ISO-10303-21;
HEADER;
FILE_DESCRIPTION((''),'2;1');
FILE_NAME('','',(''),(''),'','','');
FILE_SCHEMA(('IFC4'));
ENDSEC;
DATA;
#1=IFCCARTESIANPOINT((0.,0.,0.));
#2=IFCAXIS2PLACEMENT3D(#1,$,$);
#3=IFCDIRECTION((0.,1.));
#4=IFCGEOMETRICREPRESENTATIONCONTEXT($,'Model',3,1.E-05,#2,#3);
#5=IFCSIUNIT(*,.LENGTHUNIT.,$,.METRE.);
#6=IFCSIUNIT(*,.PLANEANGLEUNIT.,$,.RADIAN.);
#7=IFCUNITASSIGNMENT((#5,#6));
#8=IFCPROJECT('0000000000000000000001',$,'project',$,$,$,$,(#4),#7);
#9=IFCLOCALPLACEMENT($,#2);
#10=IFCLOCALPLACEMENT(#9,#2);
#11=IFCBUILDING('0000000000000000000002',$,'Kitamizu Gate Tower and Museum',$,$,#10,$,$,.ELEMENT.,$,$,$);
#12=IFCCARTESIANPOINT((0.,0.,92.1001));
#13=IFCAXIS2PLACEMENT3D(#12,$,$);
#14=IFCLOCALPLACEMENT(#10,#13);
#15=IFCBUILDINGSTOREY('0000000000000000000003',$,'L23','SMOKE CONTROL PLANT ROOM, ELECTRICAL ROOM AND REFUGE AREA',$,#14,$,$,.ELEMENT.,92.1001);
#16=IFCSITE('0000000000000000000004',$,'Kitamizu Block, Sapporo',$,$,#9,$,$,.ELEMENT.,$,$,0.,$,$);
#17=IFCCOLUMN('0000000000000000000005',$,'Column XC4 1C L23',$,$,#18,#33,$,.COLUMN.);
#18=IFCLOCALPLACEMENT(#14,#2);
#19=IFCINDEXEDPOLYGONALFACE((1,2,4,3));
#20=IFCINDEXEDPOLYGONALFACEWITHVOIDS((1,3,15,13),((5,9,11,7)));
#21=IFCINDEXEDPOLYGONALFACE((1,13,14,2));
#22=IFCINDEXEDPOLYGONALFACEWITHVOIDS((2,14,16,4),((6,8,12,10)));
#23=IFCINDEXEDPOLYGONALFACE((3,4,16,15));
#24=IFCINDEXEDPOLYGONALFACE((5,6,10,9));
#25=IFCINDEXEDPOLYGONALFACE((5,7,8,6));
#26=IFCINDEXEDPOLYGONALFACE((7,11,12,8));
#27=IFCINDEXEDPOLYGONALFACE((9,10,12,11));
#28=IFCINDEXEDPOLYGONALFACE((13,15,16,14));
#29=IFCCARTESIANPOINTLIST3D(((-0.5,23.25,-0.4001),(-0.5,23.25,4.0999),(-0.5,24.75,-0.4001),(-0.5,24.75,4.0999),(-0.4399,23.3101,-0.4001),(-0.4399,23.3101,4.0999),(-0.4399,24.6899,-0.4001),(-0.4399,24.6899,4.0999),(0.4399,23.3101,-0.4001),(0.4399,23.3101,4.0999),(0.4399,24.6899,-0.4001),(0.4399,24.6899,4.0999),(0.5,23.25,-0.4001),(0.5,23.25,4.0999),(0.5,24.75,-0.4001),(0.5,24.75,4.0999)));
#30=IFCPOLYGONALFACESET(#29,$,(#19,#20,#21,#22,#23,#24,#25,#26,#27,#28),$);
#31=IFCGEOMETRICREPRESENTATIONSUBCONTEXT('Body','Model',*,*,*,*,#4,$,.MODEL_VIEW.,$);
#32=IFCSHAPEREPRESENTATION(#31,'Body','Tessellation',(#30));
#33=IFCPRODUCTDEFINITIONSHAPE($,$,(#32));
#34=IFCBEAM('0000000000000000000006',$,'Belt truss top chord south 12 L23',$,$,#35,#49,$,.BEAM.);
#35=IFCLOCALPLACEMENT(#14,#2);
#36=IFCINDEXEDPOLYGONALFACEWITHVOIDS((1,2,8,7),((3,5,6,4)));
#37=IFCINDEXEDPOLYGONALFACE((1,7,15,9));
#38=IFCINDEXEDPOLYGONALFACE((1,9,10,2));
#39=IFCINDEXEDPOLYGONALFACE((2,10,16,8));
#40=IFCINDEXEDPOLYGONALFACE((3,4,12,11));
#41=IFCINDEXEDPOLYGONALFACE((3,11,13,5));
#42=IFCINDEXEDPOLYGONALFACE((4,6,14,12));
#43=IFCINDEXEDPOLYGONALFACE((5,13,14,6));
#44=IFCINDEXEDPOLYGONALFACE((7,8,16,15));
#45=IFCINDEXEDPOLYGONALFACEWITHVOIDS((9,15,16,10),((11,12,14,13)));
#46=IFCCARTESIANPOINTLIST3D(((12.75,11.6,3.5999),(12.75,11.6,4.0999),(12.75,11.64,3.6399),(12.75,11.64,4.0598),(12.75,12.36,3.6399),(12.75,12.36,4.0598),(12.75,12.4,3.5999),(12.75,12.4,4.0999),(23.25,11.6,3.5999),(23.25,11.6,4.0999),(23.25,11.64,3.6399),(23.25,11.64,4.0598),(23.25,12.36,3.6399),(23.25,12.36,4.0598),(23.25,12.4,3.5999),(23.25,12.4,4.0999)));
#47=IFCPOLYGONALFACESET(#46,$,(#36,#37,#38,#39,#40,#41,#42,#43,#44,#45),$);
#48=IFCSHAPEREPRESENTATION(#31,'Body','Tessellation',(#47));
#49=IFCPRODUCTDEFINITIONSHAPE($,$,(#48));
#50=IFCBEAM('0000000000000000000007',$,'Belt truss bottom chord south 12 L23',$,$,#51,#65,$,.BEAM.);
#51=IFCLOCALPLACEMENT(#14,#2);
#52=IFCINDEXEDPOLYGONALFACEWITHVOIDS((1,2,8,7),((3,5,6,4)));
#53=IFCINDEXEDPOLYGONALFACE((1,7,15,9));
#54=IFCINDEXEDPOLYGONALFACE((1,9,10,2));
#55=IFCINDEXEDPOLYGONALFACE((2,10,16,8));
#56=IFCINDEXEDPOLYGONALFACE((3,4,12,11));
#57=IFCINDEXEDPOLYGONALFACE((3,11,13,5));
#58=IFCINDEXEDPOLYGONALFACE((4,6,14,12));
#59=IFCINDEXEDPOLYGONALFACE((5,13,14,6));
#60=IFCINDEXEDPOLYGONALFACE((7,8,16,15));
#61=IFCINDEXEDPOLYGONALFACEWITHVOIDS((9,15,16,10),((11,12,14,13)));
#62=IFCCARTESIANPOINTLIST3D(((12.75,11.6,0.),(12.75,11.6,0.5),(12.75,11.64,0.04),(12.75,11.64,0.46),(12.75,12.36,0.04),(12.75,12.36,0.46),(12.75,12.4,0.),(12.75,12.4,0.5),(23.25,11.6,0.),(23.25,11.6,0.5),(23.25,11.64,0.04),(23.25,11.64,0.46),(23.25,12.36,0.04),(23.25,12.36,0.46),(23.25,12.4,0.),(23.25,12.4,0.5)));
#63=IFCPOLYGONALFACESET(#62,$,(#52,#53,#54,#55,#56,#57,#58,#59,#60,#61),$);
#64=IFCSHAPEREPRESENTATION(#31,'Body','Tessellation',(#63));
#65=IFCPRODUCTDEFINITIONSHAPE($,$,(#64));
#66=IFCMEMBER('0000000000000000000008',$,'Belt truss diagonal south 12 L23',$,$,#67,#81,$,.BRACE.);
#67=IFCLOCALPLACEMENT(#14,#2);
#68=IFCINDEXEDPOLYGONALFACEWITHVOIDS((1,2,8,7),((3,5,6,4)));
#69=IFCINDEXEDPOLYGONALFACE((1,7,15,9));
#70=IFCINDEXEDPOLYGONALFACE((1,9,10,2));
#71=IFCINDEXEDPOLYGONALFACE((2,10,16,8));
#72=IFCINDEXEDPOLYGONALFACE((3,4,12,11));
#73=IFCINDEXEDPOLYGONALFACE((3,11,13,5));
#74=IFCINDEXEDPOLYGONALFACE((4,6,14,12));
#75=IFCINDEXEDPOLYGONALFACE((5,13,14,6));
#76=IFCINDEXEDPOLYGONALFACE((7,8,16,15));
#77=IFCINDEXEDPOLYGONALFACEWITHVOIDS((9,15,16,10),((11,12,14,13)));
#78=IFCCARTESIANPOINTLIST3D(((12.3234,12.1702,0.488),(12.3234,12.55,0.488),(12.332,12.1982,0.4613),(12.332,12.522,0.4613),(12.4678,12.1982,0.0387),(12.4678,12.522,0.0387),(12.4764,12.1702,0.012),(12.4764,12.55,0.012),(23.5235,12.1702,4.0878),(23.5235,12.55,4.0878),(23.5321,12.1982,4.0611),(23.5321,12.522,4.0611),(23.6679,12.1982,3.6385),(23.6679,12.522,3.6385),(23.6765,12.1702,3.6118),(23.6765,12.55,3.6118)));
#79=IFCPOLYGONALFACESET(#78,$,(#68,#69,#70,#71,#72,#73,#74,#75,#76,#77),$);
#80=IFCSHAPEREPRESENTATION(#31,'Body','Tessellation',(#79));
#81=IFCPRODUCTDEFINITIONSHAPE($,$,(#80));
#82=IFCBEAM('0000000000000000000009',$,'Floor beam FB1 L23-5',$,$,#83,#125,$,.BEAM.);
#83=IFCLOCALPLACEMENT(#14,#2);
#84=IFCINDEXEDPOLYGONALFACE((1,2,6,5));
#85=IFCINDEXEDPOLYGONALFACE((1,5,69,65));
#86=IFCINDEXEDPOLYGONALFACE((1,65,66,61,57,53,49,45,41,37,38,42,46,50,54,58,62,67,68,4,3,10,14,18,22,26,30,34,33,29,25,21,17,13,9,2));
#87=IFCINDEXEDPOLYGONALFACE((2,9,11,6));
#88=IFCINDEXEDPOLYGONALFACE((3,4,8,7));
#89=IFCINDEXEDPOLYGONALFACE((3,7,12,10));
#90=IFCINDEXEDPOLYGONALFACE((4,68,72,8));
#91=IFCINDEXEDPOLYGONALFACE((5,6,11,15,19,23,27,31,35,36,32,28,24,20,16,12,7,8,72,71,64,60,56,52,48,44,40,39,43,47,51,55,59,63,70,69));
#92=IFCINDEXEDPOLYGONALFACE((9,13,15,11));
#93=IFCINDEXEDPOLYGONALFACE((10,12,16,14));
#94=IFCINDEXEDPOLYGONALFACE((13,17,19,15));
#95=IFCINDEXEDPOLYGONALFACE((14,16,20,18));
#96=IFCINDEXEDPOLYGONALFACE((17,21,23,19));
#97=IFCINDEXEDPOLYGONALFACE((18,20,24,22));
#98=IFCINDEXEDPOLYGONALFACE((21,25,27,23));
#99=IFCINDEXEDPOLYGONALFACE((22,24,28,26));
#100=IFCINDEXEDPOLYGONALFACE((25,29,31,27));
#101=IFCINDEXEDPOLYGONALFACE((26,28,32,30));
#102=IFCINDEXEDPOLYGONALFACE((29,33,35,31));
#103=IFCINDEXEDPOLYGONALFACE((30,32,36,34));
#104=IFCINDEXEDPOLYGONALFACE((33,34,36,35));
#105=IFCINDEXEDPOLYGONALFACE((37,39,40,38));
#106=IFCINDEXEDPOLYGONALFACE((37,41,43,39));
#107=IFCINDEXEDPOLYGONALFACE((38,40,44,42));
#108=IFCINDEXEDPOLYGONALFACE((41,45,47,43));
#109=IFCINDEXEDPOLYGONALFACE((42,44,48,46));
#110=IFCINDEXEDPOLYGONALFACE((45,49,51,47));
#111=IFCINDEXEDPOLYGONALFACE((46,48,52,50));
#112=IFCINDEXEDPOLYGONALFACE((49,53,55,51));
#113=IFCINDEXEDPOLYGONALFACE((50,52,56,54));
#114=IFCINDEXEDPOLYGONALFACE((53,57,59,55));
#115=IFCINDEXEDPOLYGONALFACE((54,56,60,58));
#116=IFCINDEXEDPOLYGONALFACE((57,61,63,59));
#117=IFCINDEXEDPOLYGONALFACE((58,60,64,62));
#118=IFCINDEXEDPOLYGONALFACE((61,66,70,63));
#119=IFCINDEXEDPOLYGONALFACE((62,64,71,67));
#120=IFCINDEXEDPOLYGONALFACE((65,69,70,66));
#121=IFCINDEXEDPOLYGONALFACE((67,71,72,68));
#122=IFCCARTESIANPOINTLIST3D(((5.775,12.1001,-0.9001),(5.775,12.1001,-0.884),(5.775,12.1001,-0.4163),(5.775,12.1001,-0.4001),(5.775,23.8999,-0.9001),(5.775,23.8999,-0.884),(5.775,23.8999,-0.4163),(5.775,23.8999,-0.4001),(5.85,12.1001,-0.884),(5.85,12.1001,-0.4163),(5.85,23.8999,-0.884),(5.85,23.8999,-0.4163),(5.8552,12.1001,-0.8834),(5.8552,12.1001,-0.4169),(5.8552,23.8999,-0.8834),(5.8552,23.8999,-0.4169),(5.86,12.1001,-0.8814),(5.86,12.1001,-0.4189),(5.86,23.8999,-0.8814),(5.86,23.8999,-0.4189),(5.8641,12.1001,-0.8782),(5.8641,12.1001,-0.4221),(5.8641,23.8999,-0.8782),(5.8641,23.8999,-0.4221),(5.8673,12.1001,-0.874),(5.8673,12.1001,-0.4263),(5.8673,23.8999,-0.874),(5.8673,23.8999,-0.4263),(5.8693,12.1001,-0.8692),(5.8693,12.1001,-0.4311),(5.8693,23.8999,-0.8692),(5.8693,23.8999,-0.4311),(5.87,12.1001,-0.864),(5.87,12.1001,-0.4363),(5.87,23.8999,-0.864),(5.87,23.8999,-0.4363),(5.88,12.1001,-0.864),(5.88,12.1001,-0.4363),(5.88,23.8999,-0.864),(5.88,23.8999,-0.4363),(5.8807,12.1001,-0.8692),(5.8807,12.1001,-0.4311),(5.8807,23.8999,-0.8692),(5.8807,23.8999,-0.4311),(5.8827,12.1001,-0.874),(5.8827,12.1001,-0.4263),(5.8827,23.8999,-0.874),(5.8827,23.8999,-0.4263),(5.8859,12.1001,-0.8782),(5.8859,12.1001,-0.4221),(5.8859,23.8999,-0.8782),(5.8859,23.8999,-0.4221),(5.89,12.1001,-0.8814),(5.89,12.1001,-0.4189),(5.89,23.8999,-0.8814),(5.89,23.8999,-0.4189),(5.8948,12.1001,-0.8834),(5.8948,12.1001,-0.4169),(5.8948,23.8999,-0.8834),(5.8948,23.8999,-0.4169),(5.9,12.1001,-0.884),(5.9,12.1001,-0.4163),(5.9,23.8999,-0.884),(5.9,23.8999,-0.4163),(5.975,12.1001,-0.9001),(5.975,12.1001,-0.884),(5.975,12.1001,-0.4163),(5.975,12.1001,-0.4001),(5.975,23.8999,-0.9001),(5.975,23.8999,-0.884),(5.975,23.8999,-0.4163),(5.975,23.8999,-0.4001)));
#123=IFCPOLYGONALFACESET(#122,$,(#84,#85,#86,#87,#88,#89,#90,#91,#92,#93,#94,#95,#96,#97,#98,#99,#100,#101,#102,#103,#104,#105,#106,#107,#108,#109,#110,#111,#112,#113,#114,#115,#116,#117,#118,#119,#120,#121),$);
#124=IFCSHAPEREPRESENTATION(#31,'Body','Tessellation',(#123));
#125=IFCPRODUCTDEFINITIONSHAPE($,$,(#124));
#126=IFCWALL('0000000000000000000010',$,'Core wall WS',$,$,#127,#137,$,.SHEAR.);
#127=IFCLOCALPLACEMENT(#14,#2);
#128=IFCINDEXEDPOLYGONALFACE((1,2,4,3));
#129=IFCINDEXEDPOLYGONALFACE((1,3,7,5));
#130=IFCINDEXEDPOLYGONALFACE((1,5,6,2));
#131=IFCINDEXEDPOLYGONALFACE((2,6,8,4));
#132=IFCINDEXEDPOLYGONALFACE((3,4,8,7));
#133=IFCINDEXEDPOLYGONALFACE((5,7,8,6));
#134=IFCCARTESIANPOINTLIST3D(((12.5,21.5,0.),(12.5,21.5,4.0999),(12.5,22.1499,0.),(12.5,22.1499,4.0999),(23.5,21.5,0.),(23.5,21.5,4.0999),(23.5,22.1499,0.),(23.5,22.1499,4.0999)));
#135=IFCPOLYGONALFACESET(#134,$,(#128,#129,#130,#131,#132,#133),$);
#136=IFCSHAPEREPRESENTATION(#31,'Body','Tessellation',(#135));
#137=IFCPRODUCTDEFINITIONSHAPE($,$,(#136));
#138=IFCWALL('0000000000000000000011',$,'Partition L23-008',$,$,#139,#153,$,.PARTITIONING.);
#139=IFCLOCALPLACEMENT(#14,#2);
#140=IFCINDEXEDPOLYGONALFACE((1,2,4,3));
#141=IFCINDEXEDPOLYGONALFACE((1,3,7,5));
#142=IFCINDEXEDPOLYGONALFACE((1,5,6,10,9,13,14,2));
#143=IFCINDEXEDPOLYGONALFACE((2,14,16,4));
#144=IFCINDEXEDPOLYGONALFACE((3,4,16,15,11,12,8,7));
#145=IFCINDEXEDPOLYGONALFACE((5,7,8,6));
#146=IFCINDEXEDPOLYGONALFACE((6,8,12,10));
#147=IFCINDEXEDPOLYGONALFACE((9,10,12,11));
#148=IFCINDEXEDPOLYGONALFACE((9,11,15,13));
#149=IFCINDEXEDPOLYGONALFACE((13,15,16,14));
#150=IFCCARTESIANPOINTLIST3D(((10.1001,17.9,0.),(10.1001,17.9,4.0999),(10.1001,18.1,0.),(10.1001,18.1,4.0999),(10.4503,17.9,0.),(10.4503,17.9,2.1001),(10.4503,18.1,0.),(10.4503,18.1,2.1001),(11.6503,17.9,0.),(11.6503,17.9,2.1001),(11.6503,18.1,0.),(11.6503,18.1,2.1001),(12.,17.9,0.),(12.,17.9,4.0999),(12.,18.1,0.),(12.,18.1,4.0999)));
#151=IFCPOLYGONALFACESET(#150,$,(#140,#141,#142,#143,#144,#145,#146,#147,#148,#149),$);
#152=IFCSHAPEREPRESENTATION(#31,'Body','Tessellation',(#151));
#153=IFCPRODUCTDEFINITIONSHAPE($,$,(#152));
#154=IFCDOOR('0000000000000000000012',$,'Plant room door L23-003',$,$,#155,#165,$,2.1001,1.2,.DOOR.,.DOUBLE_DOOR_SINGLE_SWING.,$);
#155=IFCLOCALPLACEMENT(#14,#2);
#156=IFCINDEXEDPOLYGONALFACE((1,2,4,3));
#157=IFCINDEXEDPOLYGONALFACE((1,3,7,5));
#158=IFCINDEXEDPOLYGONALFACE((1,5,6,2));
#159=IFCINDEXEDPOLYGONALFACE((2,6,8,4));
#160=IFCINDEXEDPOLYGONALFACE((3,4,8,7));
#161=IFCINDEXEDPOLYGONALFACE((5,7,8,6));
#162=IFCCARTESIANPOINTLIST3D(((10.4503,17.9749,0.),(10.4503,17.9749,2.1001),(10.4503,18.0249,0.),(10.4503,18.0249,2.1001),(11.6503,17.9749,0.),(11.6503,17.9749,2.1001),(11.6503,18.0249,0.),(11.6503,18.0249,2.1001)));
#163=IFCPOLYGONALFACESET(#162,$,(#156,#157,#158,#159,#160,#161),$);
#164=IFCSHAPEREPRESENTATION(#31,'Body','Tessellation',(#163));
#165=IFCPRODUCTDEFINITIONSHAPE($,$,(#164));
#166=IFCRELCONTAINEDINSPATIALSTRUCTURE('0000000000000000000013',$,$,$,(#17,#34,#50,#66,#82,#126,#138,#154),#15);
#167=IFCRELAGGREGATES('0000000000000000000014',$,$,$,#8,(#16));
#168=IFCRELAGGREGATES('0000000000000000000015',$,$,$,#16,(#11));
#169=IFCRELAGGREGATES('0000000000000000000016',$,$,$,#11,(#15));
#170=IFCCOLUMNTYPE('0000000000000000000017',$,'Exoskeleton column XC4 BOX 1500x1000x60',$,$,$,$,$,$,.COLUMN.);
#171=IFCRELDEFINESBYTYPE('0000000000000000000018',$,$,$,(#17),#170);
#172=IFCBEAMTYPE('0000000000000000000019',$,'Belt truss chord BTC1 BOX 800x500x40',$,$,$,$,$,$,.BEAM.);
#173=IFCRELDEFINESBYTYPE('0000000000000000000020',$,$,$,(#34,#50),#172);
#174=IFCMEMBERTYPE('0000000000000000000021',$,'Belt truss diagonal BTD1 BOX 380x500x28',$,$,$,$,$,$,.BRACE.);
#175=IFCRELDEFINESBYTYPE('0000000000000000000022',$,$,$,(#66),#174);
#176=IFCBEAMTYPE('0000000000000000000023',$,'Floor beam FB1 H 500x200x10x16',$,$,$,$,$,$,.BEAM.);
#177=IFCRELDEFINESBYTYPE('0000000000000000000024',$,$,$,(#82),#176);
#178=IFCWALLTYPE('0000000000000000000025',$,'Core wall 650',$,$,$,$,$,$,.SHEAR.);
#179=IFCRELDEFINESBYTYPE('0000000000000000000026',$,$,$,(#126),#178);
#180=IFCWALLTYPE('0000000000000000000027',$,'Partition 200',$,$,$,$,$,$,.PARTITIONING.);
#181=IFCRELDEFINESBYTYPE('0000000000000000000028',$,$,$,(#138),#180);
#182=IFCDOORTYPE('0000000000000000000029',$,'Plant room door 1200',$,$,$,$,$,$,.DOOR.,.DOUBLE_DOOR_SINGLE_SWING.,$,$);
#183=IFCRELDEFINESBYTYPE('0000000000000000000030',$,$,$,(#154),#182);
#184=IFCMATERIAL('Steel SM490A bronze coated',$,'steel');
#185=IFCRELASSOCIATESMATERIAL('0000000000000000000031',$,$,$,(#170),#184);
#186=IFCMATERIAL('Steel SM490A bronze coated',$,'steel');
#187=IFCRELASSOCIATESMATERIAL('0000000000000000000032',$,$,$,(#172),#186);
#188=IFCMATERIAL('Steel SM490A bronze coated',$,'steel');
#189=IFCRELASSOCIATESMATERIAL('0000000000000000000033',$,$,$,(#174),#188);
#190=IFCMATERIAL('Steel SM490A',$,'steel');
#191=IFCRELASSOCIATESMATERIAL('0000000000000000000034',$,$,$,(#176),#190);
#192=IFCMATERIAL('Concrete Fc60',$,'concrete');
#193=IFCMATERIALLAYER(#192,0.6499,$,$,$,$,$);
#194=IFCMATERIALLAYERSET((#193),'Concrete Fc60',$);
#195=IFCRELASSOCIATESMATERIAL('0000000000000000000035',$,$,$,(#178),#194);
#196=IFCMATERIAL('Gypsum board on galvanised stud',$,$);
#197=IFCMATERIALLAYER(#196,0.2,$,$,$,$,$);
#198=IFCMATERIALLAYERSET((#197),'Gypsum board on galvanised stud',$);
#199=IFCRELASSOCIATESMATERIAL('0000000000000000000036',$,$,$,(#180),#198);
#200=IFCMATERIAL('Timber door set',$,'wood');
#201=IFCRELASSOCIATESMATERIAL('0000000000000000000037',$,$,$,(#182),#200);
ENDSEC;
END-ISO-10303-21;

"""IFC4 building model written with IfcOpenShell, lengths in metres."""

from ifc_helpers import new_model, si_unit, direction, frame, frame_2d, origin, origin_2d, place, context, subcontext, project, spatial, rectangle, hollow_rectangle, i_section, extrude, material, layer, layer_set, material_profile, profile_set, type_object, element, fill, save


model = new_model("IFC4")

# Units and contexts
model_context = context("Model", 3, precision=1e-05, world=origin(), true_north=direction((0.0, 1.0)))
body_context = subcontext(model_context, "Body", "Model", "MODEL_VIEW")
ifc_project = project(units=[si_unit("LENGTHUNIT", "METRE"), si_unit("PLANEANGLEUNIT", "RADIAN")], contexts=[model_context])

# Site, building, storey
site_placement = place(None, origin())
site = spatial("IfcSite", under=ifc_project, at=site_placement, Name="Kitamizu Block, Sapporo", CompositionType="ELEMENT", RefElevation=0.0)
building_placement = place(site_placement, origin())
building = spatial("IfcBuilding", under=site, at=building_placement, Name="Kitamizu Gate Tower and Museum", CompositionType="ELEMENT")
storey_placement = place(building_placement, frame((0.0, 0.0, 92.1001)))
storey = spatial("IfcBuildingStorey", under=building, at=storey_placement, Name="L23", Description="SMOKE CONTROL PLANT ROOM, ELECTRICAL ROOM AND REFUGE AREA", CompositionType="ELEMENT", Elevation=92.1001)

# Column
ifc_material_1 = material(Name="Steel SM490A bronze coated", Category="steel")
ifc_material_profile_1 = material_profile(ifc_material_1, hollow_rectangle(XDim=1.5, YDim=1.0, WallThickness=0.0601, at=origin_2d()), Name="BOX 1500x1000x60")
ifc_profile_set_1 = profile_set([ifc_material_profile_1], Name="Steel SM490A bronze coated")
column_type = type_object("IfcColumnType", Name="Exoskeleton column XC4 BOX 1500x1000x60", PredefinedType="COLUMN", material=ifc_profile_set_1)
column_placement = place(storey_placement, frame((0.0, 24.0, -0.4001), z_axis=(0.0, 0.0, 1.0), x_axis=(0.0, 1.0, 0.0)))
element("IfcColumn", 1, at=column_placement, inside=storey, type_object=column_type, Name="Column XC4 1C L23", PredefinedType="COLUMN", context=body_context, shape_type="SweptSolid", body=[
    extrude(hollow_rectangle(XDim=1.5, YDim=1.0, WallThickness=0.0601, at=origin_2d()), origin(), (0.0, 0.0, 1.0), 4.5),
])

# Beams
ifc_material_2 = material(Name="Steel SM490A bronze coated", Category="steel")
ifc_material_profile_2 = material_profile(ifc_material_2, hollow_rectangle(XDim=0.8, YDim=0.5, WallThickness=0.04, at=origin_2d()), Name="BOX 800x500x40")
ifc_profile_set_2 = profile_set([ifc_material_profile_2], Name="Steel SM490A bronze coated")
beam_type_1 = type_object("IfcBeamType", Name="Belt truss chord BTC1 BOX 800x500x40", PredefinedType="BEAM", material=ifc_profile_set_2)
for number, where, z_axis, x_axis, name in (
    (2, (12.75, 12.0, 3.8499), (1.0, 0.0, 0.0), (0.0, 1.0, 0.0), "Belt truss top chord south 12 L23"),
    (3, (12.75, 12.0, 0.25), (1.0, 0.0, 0.0), (0.0, 1.0, 0.0), "Belt truss bottom chord south 12 L23"),
):
    element("IfcBeam", number, at=place(storey_placement, frame(where, z_axis=z_axis, x_axis=x_axis)), inside=storey, type_object=beam_type_1, Name=name, PredefinedType="BEAM", context=body_context, shape_type="SweptSolid", body=[
        extrude(hollow_rectangle(XDim=0.8, YDim=0.5, WallThickness=0.04, at=origin_2d()), origin(), (0.0, 0.0, 1.0), 10.5),
    ])

# Member
ifc_material_3 = material(Name="Steel SM490A bronze coated", Category="steel")
ifc_material_profile_3 = material_profile(ifc_material_3, hollow_rectangle(XDim=0.3799, YDim=0.5, WallThickness=0.0281, at=origin_2d()), Name="BOX 380x500x28")
ifc_profile_set_3 = profile_set([ifc_material_profile_3], Name="Steel SM490A bronze coated")
member_type = type_object("IfcMemberType", Name="Belt truss diagonal BTD1 BOX 380x500x28", PredefinedType="BRACE", material=ifc_profile_set_3)
member_placement = place(storey_placement, frame((12.3999, 12.3601, 0.25), z_axis=(0.952034, 0.0, 0.305993), x_axis=(0.0, 1.0, 0.0)))
element("IfcMember", 4, at=member_placement, inside=storey, type_object=member_type, Name="Belt truss diagonal south 12 L23", PredefinedType="BRACE", context=body_context, shape_type="SweptSolid", body=[
    extrude(hollow_rectangle(XDim=0.3799, YDim=0.5, WallThickness=0.0281, at=origin_2d()), origin(), (0.0, 0.0, 1.0), 11.7644),
])

# Beam
ifc_material_4 = material(Name="Steel SM490A", Category="steel")
ifc_material_profile_4 = material_profile(ifc_material_4, i_section(OverallWidth=0.2, OverallDepth=0.5, WebThickness=0.01, FlangeThickness=0.0161, FilletRadius=0.02, at=origin_2d()), Name="H-500x200x10x16")
ifc_profile_set_4 = profile_set([ifc_material_profile_4], Name="Steel SM490A")
beam_type_2 = type_object("IfcBeamType", Name="Floor beam FB1 H 500x200x10x16", PredefinedType="BEAM", material=ifc_profile_set_4)
beam_placement = place(storey_placement, frame((5.875, 12.1001, -0.6501), z_axis=(0.0, 1.0, 0.0), x_axis=(-1.0, 0.0, 0.0)))
element("IfcBeam", 5, at=beam_placement, inside=storey, type_object=beam_type_2, Name="Floor beam FB1 L23-5", PredefinedType="BEAM", context=body_context, shape_type="SweptSolid", body=[
    extrude(i_section(OverallWidth=0.2, OverallDepth=0.5, WebThickness=0.01, FlangeThickness=0.0161, FilletRadius=0.02, at=origin_2d()), origin(), (0.0, 0.0, 1.0), 11.7998),
])

# Wall
ifc_material_5 = material(Name="Concrete Fc60", Category="concrete")
ifc_layer_1 = layer(ifc_material_5, 0.6499)
ifc_layer_set_1 = layer_set([ifc_layer_1], Name="Concrete Fc60")
wall_type_1 = type_object("IfcWallType", Name="Core wall 650", PredefinedType="SHEAR", material=ifc_layer_set_1)
wall_1_placement = place(storey_placement, frame((12.5, 21.825, 0.0), z_axis=(0.0, 0.0, 1.0), x_axis=(1.0, 0.0, 0.0)))
element("IfcWall", 6, at=wall_1_placement, inside=storey, type_object=wall_type_1, Name="Core wall WS", PredefinedType="SHEAR", context=body_context, shape_type="SweptSolid", body=[
    extrude(rectangle(XDim=11.0, YDim=0.6499, at=frame_2d((5.5, 0.0))), origin(), (0.0, 0.0, 1.0), 4.0999),
])

# Wall, opening, door
ifc_material_6 = material(Name="Gypsum board on galvanised stud")
ifc_layer_2 = layer(ifc_material_6, 0.2)
ifc_layer_set_2 = layer_set([ifc_layer_2], Name="Gypsum board on galvanised stud")
wall_type_2 = type_object("IfcWallType", Name="Partition 200", PredefinedType="PARTITIONING", material=ifc_layer_set_2)
wall_2_placement = place(storey_placement, frame((10.1001, 18.0, 0.0), z_axis=(0.0, 0.0, 1.0), x_axis=(1.0, 0.0, 0.0)))
wall_2 = element("IfcWall", 7, at=wall_2_placement, inside=storey, type_object=wall_type_2, Name="Partition L23-008", PredefinedType="PARTITIONING", context=body_context, shape_type="SweptSolid", body=[
    extrude(rectangle(XDim=1.8999, YDim=0.2, at=frame_2d((0.95, 0.0))), origin(), (0.0, 0.0, 1.0), 4.0999),
])
opening_1_placement = place(wall_2_placement, frame((0.3501, 0.0, 0.0)))
opening_1 = element("IfcOpeningElement", 8, at=opening_1_placement, cuts=wall_2, PredefinedType="OPENING", context=body_context, shape_type="SweptSolid", body=[
    extrude(rectangle(XDim=1.2, YDim=2.1001, at=frame_2d((0.6001, 1.05))), frame((0.0, 0.1099, 0.0), z_axis=(0.0, -1.0, 0.0), x_axis=(1.0, 0.0, 0.0)), (0.0, 0.0, 1.0), 0.22),
])
ifc_material_7 = material(Name="Timber door set", Category="wood")
door_type_1 = type_object("IfcDoorType", Name="Plant room door 1200", OperationType="DOUBLE_DOOR_SINGLE_SWING", PredefinedType="DOOR", material=ifc_material_7)
door_1_placement = place(opening_1_placement, origin())
door_1 = element("IfcDoor", 9, at=door_1_placement, inside=storey, type_object=door_type_1, Name="Plant room door L23-003", OperationType="DOUBLE_DOOR_SINGLE_SWING", OverallHeight=2.1001, OverallWidth=1.2, PredefinedType="DOOR", context=body_context, shape_type="SweptSolid", body=[
    extrude(rectangle(XDim=1.2, YDim=2.1001, at=frame_2d((0.6001, 1.05))), frame((0.0, 0.0249, 0.0), z_axis=(0.0, -1.0, 0.0), x_axis=(1.0, 0.0, 0.0)), (0.0, 0.0, 1.0), 0.05),
])
fill(opening_1, door_1)

save(model, "model.ifc")
